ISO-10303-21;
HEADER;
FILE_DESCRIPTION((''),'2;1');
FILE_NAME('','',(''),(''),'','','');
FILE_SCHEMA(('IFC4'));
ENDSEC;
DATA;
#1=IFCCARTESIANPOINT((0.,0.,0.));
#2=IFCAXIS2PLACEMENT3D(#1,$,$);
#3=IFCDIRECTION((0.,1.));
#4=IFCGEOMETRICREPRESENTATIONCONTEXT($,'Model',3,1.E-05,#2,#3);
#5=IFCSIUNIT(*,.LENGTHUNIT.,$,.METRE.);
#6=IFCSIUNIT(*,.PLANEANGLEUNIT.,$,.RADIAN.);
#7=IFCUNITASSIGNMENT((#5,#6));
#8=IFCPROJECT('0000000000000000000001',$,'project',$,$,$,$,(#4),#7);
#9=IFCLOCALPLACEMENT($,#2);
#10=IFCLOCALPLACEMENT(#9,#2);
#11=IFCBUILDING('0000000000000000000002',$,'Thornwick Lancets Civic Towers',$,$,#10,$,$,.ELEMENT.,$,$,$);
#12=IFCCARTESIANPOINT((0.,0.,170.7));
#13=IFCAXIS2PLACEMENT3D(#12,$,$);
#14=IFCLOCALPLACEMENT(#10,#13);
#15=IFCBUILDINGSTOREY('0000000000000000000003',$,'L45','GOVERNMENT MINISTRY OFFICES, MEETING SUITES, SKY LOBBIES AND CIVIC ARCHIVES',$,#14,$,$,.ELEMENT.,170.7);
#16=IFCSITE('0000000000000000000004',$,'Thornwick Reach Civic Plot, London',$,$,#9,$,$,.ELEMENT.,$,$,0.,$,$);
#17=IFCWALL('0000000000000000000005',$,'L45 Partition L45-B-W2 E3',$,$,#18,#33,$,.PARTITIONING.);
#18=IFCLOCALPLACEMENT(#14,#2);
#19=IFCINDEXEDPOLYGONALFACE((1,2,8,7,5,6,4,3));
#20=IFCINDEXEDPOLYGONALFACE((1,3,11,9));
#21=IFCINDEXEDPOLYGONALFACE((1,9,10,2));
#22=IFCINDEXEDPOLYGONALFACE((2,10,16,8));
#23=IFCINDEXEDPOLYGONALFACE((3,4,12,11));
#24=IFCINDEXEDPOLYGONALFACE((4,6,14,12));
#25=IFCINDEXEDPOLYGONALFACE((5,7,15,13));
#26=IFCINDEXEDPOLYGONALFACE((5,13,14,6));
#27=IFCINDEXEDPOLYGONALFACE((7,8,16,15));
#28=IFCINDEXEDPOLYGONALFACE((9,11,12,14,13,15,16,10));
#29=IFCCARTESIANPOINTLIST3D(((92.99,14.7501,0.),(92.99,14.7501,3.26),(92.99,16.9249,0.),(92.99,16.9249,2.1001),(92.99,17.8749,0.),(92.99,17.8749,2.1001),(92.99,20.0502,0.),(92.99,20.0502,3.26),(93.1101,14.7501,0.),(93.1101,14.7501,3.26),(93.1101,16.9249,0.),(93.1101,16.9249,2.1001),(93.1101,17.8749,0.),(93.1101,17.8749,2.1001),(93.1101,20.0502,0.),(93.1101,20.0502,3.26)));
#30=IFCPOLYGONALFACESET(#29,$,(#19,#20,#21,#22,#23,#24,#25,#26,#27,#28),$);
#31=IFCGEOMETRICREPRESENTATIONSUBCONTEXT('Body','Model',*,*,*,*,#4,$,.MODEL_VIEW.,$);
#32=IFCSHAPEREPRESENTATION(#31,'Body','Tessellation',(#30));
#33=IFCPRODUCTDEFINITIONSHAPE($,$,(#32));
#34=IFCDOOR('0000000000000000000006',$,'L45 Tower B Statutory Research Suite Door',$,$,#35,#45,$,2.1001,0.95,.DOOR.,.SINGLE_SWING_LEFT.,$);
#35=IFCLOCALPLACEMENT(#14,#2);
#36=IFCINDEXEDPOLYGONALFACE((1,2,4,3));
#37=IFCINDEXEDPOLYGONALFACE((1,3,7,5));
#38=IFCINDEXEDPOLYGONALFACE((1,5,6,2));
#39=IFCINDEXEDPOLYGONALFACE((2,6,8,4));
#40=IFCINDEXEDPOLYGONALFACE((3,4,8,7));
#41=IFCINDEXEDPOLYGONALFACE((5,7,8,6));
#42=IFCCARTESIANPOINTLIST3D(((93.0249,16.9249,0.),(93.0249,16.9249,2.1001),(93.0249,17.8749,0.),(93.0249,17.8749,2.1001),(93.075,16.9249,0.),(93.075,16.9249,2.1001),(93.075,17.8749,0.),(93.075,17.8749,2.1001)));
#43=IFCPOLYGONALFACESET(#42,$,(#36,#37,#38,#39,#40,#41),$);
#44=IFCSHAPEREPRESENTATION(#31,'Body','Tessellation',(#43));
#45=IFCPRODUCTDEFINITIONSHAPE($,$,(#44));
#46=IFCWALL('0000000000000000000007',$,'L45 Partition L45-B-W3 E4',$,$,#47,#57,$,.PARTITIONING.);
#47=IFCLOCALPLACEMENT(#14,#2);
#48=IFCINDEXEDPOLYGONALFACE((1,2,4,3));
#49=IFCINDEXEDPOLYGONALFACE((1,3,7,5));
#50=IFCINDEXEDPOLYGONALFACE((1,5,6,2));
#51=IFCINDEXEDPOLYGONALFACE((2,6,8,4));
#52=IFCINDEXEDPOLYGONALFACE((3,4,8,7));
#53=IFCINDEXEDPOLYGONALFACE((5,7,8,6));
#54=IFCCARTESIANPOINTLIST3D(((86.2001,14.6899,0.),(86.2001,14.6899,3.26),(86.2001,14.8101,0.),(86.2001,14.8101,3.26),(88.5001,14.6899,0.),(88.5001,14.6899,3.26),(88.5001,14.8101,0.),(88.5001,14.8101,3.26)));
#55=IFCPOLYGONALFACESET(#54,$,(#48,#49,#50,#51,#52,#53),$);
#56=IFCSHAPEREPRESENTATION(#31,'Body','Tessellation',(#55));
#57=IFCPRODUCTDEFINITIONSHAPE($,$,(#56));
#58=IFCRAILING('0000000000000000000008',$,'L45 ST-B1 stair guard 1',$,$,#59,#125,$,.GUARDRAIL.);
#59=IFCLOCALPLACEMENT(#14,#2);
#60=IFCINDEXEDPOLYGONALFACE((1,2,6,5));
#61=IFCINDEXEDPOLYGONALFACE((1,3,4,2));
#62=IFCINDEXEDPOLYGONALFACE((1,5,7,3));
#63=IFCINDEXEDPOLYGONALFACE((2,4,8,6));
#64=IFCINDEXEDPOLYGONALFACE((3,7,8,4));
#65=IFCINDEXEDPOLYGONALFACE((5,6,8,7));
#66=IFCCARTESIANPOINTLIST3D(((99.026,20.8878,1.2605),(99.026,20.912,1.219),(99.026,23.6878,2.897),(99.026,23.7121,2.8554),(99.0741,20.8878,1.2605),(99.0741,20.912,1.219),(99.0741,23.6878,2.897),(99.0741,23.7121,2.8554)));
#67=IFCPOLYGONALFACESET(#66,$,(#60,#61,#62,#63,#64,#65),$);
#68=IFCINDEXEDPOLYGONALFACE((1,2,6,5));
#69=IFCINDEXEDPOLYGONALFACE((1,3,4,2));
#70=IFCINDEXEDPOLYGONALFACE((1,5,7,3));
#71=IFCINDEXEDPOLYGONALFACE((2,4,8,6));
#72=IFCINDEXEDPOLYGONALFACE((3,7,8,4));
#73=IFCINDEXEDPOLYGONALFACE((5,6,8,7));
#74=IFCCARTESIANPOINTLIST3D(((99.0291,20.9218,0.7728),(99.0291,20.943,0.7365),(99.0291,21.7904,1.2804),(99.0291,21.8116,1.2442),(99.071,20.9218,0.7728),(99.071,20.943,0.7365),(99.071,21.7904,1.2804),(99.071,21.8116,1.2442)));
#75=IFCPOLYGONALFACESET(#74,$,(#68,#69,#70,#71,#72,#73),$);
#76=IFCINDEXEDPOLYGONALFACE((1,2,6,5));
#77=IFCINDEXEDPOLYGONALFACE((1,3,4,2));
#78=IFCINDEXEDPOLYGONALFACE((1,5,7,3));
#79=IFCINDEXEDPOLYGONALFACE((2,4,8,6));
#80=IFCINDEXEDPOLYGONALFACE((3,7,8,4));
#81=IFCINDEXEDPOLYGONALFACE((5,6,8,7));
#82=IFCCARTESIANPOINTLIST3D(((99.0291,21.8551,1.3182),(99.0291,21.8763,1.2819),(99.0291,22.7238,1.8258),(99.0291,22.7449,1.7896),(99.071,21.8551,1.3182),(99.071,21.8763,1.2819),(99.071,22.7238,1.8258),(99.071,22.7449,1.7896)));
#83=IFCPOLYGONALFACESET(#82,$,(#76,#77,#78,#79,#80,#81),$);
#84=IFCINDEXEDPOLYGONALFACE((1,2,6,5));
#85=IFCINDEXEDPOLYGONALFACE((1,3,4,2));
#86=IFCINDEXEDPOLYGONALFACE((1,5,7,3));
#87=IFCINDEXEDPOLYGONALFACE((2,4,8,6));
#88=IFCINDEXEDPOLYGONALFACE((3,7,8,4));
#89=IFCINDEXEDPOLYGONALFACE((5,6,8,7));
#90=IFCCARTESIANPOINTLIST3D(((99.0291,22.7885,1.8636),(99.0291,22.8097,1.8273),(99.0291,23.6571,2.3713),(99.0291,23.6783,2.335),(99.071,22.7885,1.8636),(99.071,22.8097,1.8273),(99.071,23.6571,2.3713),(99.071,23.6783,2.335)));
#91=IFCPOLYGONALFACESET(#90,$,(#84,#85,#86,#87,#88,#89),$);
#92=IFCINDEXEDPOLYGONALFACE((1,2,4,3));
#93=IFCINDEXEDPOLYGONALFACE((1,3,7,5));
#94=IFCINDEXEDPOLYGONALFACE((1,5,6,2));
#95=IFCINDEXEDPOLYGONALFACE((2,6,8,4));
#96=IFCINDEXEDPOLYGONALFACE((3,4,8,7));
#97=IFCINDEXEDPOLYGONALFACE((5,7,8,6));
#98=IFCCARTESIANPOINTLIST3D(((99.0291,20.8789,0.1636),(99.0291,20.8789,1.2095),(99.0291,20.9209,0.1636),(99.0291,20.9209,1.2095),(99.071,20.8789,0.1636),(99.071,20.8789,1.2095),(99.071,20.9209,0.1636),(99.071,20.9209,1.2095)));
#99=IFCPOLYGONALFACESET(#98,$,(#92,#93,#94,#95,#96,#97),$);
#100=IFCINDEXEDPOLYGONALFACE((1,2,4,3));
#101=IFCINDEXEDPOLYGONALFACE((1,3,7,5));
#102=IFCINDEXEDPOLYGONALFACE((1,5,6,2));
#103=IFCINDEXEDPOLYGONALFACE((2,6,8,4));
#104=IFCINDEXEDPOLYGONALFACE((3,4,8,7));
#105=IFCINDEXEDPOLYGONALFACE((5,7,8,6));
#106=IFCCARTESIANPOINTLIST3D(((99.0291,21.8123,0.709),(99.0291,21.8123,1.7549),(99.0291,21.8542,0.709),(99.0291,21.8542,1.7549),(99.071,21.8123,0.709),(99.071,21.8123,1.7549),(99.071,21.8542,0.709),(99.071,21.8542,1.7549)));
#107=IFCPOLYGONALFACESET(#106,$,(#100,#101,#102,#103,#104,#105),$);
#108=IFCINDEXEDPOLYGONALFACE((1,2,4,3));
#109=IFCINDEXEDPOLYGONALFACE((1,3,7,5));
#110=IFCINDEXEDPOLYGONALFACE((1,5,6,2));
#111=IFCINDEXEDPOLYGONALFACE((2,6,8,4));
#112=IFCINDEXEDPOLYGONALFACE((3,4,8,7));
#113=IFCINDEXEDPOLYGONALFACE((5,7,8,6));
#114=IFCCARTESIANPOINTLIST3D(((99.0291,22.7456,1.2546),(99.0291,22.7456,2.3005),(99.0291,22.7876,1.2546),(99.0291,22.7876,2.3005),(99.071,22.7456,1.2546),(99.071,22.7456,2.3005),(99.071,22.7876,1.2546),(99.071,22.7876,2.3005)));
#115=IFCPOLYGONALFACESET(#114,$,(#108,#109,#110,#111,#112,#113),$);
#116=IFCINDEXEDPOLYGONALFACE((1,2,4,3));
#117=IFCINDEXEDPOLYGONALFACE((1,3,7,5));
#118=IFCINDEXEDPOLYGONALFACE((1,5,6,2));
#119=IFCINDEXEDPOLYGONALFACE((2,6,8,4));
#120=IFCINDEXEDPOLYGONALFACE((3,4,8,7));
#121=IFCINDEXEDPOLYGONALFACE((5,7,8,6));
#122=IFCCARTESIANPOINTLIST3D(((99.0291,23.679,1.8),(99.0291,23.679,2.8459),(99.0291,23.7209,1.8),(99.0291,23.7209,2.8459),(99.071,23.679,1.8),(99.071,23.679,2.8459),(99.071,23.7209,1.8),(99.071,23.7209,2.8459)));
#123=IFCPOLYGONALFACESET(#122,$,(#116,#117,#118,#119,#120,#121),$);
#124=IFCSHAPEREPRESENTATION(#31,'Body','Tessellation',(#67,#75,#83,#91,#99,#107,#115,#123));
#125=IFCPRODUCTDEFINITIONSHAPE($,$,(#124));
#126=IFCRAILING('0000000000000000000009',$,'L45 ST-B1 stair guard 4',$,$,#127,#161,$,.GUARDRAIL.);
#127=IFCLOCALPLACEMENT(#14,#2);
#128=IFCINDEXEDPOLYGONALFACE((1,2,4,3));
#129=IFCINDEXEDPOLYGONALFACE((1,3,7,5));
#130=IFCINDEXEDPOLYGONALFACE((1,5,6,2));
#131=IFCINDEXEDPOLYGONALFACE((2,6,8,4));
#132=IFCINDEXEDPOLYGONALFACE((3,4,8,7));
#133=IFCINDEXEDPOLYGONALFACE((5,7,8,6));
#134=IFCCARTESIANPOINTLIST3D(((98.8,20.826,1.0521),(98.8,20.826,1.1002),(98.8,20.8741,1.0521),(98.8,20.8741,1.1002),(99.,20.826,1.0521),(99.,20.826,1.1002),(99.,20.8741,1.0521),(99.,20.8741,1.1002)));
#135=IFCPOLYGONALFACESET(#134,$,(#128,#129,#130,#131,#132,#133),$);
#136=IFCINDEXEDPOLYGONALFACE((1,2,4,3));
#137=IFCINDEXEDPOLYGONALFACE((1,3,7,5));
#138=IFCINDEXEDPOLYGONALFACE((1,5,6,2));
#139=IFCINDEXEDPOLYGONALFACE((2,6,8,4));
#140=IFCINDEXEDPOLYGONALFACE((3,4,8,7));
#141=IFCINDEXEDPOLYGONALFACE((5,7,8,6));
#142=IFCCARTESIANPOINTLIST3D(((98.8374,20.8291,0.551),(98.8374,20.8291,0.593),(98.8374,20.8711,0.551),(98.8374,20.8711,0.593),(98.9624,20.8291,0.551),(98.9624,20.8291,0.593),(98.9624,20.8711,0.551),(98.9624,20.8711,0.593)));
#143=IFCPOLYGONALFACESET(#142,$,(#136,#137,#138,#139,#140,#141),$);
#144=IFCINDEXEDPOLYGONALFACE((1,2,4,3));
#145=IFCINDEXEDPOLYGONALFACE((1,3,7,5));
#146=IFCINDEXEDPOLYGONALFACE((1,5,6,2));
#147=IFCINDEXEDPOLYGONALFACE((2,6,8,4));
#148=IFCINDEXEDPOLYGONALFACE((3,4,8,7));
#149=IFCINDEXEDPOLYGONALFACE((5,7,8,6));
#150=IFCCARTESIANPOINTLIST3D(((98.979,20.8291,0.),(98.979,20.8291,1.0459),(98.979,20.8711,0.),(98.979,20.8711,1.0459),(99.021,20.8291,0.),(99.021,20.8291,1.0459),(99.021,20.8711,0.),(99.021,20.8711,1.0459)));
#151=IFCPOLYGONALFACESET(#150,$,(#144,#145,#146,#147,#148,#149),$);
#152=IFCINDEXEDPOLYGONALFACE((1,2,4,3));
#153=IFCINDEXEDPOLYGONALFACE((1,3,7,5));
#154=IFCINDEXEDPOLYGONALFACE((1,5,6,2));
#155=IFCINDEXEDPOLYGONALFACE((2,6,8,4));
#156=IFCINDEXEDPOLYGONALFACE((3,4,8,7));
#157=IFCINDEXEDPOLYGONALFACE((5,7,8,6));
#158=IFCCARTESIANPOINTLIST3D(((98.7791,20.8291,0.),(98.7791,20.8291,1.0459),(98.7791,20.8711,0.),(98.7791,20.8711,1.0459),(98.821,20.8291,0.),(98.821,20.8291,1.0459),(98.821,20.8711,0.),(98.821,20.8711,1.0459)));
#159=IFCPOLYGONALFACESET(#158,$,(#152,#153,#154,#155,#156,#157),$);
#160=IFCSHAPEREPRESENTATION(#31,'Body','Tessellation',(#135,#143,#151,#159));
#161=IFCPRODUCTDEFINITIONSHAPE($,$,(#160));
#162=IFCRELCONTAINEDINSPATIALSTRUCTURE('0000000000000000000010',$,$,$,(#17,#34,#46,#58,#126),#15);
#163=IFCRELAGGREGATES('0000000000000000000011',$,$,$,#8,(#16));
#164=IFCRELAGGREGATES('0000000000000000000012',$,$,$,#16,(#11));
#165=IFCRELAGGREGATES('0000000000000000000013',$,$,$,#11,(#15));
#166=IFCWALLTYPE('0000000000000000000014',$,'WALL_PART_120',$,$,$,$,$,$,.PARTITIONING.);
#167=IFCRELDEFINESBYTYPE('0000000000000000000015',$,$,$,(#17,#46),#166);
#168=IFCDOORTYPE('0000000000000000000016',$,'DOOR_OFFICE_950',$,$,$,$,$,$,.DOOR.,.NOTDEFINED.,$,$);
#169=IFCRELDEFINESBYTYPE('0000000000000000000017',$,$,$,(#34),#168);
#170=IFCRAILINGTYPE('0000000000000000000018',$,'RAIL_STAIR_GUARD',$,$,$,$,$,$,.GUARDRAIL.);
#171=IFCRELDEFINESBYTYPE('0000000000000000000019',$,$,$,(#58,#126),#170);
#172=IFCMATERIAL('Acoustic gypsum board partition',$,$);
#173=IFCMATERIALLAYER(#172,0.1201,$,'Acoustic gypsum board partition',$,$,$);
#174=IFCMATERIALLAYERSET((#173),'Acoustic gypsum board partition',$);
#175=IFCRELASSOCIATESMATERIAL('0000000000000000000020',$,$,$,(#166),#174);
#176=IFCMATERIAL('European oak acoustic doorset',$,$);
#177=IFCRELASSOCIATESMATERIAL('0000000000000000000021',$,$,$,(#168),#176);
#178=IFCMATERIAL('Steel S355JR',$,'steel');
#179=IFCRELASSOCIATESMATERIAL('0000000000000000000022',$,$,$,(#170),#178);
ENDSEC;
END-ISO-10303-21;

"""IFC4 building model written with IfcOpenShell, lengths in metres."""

from ifc_helpers import new_model, si_unit, direction, frame, frame_2d, origin, origin_2d, place, context, subcontext, project, spatial, rectangle, extrude, material, layer, layer_set, type_object, element, fill, save


model = new_model("IFC4")

# Units and contexts
model_context = context("Model", 3, precision=1e-05, world=origin(), true_north=direction((0.0, 1.0)))
body_context = subcontext(model_context, "Body", "Model", "MODEL_VIEW")
ifc_project = project(units=[si_unit("LENGTHUNIT", "METRE"), si_unit("PLANEANGLEUNIT", "RADIAN")], contexts=[model_context])

# Site, building, storey
site_placement = place(None, origin())
site = spatial("IfcSite", under=ifc_project, at=site_placement, Name="Thornwick Reach Civic Plot, London", CompositionType="ELEMENT", RefElevation=0.0)
building_placement = place(site_placement, origin())
building = spatial("IfcBuilding", under=site, at=building_placement, Name="Thornwick Lancets Civic Towers", CompositionType="ELEMENT")
storey_placement = place(building_placement, frame((0.0, 0.0, 170.7)))
storey = spatial("IfcBuildingStorey", under=building, at=storey_placement, Name="L45", Description="GOVERNMENT MINISTRY OFFICES, MEETING SUITES, SKY LOBBIES AND CIVIC ARCHIVES", CompositionType="ELEMENT", Elevation=170.7)

# Shared definitions
ifc_material_1 = material(Name="Acoustic gypsum board partition")
ifc_layer_1 = layer(ifc_material_1, 0.1201, Name="Acoustic gypsum board partition")
ifc_layer_set_1 = layer_set([ifc_layer_1], Name="Acoustic gypsum board partition")
wall_type_1 = type_object("IfcWallType", Name="WALL_PART_120", PredefinedType="PARTITIONING", material=ifc_layer_set_1)

# Wall, opening, door
wall_1_placement = place(storey_placement, frame((93.05, 20.05, 0.0), z_axis=(0.0, 0.0, 1.0), x_axis=(0.0, -1.0, 0.0)))
wall_1 = element("IfcWall", 1, at=wall_1_placement, inside=storey, type_object=wall_type_1, Name="L45 Partition L45-B-W2 E3", PredefinedType="PARTITIONING", context=body_context, shape_type="SweptSolid", body=[
    extrude(rectangle(XDim=5.3, YDim=0.1201, at=frame_2d((2.6499, 0.0))), origin(), (0.0, 0.0, 1.0), 3.26),
])
opening_1_placement = place(wall_1_placement, frame((2.175, 0.0, 0.0)))
opening_1 = element("IfcOpeningElement", 2, at=opening_1_placement, cuts=wall_1, PredefinedType="OPENING", context=body_context, shape_type="SweptSolid", body=[
    extrude(rectangle(XDim=0.95, YDim=2.1001, at=frame_2d((0.4751, 1.05))), frame((0.0, 0.0701, 0.0), z_axis=(0.0, -1.0, 0.0), x_axis=(1.0, 0.0, 0.0)), (0.0, 0.0, 1.0), 0.1401),
])
ifc_material_2 = material(Name="European oak acoustic doorset")
door_type_1 = type_object("IfcDoorType", Name="DOOR_OFFICE_950", OperationType="NOTDEFINED", PredefinedType="DOOR", material=ifc_material_2)
door_1_placement = place(opening_1_placement, origin())
door_1 = element("IfcDoor", 3, at=door_1_placement, inside=storey, type_object=door_type_1, Name="L45 Tower B Statutory Research Suite Door", OperationType="SINGLE_SWING_LEFT", OverallHeight=2.1001, OverallWidth=0.95, PredefinedType="DOOR", context=body_context, shape_type="SweptSolid", body=[
    extrude(rectangle(XDim=0.95, YDim=2.1001, at=frame_2d((0.4751, 1.05))), frame((0.0, 0.0249, 0.0), z_axis=(0.0, -1.0, 0.0), x_axis=(1.0, 0.0, 0.0)), (0.0, 0.0, 1.0), 0.05),
])
fill(opening_1, door_1)

# Wall
wall_2_placement = place(storey_placement, frame((88.5, 14.75, 0.0), z_axis=(0.0, 0.0, 1.0), x_axis=(-1.0, 0.0, 0.0)))
element("IfcWall", 4, at=wall_2_placement, inside=storey, type_object=wall_type_1, Name="L45 Partition L45-B-W3 E4", PredefinedType="PARTITIONING", context=body_context, shape_type="SweptSolid", body=[
    extrude(rectangle(XDim=2.3, YDim=0.1201, at=frame_2d((1.1499, 0.0))), origin(), (0.0, 0.0, 1.0), 3.26),
])

# Railings
ifc_material_3 = material(Name="Steel S355JR", Category="steel")
railing_type = type_object("IfcRailingType", Name="RAIL_STAIR_GUARD", PredefinedType="GUARDRAIL", material=ifc_material_3)
railing_1_placement = place(storey_placement, frame((99.05, 20.8999, 0.1636)))
element("IfcRailing", 5, at=railing_1_placement, inside=storey, type_object=railing_type, Name="L45 ST-B1 stair guard 1", PredefinedType="GUARDRAIL", context=body_context, shape_type="SweptSolid", body=[
    extrude(rectangle(XDim=0.0481, YDim=0.0481, at=origin_2d()), frame((0.0, 0.0, 1.0762), z_axis=(0.0, 0.863361, 0.504587), x_axis=(-1.0, 0.0, 0.0)), (0.0, 0.0, 1.0), 3.2432),
    extrude(rectangle(XDim=0.042, YDim=0.042, at=origin_2d()), frame((0.0, 0.0325, 0.5911), z_axis=(0.0, 0.863361, 0.504587), x_axis=(-1.0, 0.0, 0.0)), (0.0, 0.0, 1.0), 1.0061),
    extrude(rectangle(XDim=0.042, YDim=0.042, at=origin_2d()), frame((0.0, 0.9658, 1.1365), z_axis=(0.0, 0.863361, 0.504587), x_axis=(-1.0, 0.0, 0.0)), (0.0, 0.0, 1.0), 1.0061),
    extrude(rectangle(XDim=0.042, YDim=0.042, at=origin_2d()), frame((0.0, 1.8992, 1.6819), z_axis=(0.0, 0.863361, 0.504587), x_axis=(-1.0, 0.0, 0.0)), (0.0, 0.0, 1.0), 1.0061),
    extrude(rectangle(XDim=0.042, YDim=0.042, at=origin_2d()), origin(), (0.0, 0.0, 1.0), 1.0459),
    extrude(rectangle(XDim=0.042, YDim=0.042, at=origin_2d()), frame((0.0, 0.9333, 0.5454)), (0.0, 0.0, 1.0), 1.0459),
    extrude(rectangle(XDim=0.042, YDim=0.042, at=origin_2d()), frame((0.0, 1.8667, 1.0911)), (0.0, 0.0, 1.0), 1.0459),
    extrude(rectangle(XDim=0.042, YDim=0.042, at=origin_2d()), frame((0.0, 2.8, 1.6365)), (0.0, 0.0, 1.0), 1.0459),
])
railing_2_placement = place(storey_placement, frame((99.0, 20.8501, 0.0)))
element("IfcRailing", 6, at=railing_2_placement, inside=storey, type_object=railing_type, Name="L45 ST-B1 stair guard 4", PredefinedType="GUARDRAIL", context=body_context, shape_type="SweptSolid", body=[
    extrude(rectangle(XDim=0.0481, YDim=0.0481, at=origin_2d()), frame((0.0, 0.0, 1.0762), z_axis=(-1.0, 0.0, 0.0), x_axis=(0.0, -1.0, 0.0)), (0.0, 0.0, 1.0), 0.2),
    extrude(rectangle(XDim=0.042, YDim=0.042, at=origin_2d()), frame((-0.0376, 0.0, 0.572), z_axis=(-1.0, 0.0, 0.0), x_axis=(0.0, -1.0, 0.0)), (0.0, 0.0, 1.0), 0.125),
    extrude(rectangle(XDim=0.042, YDim=0.042, at=origin_2d()), origin(), (0.0, 0.0, 1.0), 1.0459),
    extrude(rectangle(XDim=0.042, YDim=0.042, at=origin_2d()), frame((-0.2, 0.0, 0.0)), (0.0, 0.0, 1.0), 1.0459),
])

save(model, "model.ifc")
